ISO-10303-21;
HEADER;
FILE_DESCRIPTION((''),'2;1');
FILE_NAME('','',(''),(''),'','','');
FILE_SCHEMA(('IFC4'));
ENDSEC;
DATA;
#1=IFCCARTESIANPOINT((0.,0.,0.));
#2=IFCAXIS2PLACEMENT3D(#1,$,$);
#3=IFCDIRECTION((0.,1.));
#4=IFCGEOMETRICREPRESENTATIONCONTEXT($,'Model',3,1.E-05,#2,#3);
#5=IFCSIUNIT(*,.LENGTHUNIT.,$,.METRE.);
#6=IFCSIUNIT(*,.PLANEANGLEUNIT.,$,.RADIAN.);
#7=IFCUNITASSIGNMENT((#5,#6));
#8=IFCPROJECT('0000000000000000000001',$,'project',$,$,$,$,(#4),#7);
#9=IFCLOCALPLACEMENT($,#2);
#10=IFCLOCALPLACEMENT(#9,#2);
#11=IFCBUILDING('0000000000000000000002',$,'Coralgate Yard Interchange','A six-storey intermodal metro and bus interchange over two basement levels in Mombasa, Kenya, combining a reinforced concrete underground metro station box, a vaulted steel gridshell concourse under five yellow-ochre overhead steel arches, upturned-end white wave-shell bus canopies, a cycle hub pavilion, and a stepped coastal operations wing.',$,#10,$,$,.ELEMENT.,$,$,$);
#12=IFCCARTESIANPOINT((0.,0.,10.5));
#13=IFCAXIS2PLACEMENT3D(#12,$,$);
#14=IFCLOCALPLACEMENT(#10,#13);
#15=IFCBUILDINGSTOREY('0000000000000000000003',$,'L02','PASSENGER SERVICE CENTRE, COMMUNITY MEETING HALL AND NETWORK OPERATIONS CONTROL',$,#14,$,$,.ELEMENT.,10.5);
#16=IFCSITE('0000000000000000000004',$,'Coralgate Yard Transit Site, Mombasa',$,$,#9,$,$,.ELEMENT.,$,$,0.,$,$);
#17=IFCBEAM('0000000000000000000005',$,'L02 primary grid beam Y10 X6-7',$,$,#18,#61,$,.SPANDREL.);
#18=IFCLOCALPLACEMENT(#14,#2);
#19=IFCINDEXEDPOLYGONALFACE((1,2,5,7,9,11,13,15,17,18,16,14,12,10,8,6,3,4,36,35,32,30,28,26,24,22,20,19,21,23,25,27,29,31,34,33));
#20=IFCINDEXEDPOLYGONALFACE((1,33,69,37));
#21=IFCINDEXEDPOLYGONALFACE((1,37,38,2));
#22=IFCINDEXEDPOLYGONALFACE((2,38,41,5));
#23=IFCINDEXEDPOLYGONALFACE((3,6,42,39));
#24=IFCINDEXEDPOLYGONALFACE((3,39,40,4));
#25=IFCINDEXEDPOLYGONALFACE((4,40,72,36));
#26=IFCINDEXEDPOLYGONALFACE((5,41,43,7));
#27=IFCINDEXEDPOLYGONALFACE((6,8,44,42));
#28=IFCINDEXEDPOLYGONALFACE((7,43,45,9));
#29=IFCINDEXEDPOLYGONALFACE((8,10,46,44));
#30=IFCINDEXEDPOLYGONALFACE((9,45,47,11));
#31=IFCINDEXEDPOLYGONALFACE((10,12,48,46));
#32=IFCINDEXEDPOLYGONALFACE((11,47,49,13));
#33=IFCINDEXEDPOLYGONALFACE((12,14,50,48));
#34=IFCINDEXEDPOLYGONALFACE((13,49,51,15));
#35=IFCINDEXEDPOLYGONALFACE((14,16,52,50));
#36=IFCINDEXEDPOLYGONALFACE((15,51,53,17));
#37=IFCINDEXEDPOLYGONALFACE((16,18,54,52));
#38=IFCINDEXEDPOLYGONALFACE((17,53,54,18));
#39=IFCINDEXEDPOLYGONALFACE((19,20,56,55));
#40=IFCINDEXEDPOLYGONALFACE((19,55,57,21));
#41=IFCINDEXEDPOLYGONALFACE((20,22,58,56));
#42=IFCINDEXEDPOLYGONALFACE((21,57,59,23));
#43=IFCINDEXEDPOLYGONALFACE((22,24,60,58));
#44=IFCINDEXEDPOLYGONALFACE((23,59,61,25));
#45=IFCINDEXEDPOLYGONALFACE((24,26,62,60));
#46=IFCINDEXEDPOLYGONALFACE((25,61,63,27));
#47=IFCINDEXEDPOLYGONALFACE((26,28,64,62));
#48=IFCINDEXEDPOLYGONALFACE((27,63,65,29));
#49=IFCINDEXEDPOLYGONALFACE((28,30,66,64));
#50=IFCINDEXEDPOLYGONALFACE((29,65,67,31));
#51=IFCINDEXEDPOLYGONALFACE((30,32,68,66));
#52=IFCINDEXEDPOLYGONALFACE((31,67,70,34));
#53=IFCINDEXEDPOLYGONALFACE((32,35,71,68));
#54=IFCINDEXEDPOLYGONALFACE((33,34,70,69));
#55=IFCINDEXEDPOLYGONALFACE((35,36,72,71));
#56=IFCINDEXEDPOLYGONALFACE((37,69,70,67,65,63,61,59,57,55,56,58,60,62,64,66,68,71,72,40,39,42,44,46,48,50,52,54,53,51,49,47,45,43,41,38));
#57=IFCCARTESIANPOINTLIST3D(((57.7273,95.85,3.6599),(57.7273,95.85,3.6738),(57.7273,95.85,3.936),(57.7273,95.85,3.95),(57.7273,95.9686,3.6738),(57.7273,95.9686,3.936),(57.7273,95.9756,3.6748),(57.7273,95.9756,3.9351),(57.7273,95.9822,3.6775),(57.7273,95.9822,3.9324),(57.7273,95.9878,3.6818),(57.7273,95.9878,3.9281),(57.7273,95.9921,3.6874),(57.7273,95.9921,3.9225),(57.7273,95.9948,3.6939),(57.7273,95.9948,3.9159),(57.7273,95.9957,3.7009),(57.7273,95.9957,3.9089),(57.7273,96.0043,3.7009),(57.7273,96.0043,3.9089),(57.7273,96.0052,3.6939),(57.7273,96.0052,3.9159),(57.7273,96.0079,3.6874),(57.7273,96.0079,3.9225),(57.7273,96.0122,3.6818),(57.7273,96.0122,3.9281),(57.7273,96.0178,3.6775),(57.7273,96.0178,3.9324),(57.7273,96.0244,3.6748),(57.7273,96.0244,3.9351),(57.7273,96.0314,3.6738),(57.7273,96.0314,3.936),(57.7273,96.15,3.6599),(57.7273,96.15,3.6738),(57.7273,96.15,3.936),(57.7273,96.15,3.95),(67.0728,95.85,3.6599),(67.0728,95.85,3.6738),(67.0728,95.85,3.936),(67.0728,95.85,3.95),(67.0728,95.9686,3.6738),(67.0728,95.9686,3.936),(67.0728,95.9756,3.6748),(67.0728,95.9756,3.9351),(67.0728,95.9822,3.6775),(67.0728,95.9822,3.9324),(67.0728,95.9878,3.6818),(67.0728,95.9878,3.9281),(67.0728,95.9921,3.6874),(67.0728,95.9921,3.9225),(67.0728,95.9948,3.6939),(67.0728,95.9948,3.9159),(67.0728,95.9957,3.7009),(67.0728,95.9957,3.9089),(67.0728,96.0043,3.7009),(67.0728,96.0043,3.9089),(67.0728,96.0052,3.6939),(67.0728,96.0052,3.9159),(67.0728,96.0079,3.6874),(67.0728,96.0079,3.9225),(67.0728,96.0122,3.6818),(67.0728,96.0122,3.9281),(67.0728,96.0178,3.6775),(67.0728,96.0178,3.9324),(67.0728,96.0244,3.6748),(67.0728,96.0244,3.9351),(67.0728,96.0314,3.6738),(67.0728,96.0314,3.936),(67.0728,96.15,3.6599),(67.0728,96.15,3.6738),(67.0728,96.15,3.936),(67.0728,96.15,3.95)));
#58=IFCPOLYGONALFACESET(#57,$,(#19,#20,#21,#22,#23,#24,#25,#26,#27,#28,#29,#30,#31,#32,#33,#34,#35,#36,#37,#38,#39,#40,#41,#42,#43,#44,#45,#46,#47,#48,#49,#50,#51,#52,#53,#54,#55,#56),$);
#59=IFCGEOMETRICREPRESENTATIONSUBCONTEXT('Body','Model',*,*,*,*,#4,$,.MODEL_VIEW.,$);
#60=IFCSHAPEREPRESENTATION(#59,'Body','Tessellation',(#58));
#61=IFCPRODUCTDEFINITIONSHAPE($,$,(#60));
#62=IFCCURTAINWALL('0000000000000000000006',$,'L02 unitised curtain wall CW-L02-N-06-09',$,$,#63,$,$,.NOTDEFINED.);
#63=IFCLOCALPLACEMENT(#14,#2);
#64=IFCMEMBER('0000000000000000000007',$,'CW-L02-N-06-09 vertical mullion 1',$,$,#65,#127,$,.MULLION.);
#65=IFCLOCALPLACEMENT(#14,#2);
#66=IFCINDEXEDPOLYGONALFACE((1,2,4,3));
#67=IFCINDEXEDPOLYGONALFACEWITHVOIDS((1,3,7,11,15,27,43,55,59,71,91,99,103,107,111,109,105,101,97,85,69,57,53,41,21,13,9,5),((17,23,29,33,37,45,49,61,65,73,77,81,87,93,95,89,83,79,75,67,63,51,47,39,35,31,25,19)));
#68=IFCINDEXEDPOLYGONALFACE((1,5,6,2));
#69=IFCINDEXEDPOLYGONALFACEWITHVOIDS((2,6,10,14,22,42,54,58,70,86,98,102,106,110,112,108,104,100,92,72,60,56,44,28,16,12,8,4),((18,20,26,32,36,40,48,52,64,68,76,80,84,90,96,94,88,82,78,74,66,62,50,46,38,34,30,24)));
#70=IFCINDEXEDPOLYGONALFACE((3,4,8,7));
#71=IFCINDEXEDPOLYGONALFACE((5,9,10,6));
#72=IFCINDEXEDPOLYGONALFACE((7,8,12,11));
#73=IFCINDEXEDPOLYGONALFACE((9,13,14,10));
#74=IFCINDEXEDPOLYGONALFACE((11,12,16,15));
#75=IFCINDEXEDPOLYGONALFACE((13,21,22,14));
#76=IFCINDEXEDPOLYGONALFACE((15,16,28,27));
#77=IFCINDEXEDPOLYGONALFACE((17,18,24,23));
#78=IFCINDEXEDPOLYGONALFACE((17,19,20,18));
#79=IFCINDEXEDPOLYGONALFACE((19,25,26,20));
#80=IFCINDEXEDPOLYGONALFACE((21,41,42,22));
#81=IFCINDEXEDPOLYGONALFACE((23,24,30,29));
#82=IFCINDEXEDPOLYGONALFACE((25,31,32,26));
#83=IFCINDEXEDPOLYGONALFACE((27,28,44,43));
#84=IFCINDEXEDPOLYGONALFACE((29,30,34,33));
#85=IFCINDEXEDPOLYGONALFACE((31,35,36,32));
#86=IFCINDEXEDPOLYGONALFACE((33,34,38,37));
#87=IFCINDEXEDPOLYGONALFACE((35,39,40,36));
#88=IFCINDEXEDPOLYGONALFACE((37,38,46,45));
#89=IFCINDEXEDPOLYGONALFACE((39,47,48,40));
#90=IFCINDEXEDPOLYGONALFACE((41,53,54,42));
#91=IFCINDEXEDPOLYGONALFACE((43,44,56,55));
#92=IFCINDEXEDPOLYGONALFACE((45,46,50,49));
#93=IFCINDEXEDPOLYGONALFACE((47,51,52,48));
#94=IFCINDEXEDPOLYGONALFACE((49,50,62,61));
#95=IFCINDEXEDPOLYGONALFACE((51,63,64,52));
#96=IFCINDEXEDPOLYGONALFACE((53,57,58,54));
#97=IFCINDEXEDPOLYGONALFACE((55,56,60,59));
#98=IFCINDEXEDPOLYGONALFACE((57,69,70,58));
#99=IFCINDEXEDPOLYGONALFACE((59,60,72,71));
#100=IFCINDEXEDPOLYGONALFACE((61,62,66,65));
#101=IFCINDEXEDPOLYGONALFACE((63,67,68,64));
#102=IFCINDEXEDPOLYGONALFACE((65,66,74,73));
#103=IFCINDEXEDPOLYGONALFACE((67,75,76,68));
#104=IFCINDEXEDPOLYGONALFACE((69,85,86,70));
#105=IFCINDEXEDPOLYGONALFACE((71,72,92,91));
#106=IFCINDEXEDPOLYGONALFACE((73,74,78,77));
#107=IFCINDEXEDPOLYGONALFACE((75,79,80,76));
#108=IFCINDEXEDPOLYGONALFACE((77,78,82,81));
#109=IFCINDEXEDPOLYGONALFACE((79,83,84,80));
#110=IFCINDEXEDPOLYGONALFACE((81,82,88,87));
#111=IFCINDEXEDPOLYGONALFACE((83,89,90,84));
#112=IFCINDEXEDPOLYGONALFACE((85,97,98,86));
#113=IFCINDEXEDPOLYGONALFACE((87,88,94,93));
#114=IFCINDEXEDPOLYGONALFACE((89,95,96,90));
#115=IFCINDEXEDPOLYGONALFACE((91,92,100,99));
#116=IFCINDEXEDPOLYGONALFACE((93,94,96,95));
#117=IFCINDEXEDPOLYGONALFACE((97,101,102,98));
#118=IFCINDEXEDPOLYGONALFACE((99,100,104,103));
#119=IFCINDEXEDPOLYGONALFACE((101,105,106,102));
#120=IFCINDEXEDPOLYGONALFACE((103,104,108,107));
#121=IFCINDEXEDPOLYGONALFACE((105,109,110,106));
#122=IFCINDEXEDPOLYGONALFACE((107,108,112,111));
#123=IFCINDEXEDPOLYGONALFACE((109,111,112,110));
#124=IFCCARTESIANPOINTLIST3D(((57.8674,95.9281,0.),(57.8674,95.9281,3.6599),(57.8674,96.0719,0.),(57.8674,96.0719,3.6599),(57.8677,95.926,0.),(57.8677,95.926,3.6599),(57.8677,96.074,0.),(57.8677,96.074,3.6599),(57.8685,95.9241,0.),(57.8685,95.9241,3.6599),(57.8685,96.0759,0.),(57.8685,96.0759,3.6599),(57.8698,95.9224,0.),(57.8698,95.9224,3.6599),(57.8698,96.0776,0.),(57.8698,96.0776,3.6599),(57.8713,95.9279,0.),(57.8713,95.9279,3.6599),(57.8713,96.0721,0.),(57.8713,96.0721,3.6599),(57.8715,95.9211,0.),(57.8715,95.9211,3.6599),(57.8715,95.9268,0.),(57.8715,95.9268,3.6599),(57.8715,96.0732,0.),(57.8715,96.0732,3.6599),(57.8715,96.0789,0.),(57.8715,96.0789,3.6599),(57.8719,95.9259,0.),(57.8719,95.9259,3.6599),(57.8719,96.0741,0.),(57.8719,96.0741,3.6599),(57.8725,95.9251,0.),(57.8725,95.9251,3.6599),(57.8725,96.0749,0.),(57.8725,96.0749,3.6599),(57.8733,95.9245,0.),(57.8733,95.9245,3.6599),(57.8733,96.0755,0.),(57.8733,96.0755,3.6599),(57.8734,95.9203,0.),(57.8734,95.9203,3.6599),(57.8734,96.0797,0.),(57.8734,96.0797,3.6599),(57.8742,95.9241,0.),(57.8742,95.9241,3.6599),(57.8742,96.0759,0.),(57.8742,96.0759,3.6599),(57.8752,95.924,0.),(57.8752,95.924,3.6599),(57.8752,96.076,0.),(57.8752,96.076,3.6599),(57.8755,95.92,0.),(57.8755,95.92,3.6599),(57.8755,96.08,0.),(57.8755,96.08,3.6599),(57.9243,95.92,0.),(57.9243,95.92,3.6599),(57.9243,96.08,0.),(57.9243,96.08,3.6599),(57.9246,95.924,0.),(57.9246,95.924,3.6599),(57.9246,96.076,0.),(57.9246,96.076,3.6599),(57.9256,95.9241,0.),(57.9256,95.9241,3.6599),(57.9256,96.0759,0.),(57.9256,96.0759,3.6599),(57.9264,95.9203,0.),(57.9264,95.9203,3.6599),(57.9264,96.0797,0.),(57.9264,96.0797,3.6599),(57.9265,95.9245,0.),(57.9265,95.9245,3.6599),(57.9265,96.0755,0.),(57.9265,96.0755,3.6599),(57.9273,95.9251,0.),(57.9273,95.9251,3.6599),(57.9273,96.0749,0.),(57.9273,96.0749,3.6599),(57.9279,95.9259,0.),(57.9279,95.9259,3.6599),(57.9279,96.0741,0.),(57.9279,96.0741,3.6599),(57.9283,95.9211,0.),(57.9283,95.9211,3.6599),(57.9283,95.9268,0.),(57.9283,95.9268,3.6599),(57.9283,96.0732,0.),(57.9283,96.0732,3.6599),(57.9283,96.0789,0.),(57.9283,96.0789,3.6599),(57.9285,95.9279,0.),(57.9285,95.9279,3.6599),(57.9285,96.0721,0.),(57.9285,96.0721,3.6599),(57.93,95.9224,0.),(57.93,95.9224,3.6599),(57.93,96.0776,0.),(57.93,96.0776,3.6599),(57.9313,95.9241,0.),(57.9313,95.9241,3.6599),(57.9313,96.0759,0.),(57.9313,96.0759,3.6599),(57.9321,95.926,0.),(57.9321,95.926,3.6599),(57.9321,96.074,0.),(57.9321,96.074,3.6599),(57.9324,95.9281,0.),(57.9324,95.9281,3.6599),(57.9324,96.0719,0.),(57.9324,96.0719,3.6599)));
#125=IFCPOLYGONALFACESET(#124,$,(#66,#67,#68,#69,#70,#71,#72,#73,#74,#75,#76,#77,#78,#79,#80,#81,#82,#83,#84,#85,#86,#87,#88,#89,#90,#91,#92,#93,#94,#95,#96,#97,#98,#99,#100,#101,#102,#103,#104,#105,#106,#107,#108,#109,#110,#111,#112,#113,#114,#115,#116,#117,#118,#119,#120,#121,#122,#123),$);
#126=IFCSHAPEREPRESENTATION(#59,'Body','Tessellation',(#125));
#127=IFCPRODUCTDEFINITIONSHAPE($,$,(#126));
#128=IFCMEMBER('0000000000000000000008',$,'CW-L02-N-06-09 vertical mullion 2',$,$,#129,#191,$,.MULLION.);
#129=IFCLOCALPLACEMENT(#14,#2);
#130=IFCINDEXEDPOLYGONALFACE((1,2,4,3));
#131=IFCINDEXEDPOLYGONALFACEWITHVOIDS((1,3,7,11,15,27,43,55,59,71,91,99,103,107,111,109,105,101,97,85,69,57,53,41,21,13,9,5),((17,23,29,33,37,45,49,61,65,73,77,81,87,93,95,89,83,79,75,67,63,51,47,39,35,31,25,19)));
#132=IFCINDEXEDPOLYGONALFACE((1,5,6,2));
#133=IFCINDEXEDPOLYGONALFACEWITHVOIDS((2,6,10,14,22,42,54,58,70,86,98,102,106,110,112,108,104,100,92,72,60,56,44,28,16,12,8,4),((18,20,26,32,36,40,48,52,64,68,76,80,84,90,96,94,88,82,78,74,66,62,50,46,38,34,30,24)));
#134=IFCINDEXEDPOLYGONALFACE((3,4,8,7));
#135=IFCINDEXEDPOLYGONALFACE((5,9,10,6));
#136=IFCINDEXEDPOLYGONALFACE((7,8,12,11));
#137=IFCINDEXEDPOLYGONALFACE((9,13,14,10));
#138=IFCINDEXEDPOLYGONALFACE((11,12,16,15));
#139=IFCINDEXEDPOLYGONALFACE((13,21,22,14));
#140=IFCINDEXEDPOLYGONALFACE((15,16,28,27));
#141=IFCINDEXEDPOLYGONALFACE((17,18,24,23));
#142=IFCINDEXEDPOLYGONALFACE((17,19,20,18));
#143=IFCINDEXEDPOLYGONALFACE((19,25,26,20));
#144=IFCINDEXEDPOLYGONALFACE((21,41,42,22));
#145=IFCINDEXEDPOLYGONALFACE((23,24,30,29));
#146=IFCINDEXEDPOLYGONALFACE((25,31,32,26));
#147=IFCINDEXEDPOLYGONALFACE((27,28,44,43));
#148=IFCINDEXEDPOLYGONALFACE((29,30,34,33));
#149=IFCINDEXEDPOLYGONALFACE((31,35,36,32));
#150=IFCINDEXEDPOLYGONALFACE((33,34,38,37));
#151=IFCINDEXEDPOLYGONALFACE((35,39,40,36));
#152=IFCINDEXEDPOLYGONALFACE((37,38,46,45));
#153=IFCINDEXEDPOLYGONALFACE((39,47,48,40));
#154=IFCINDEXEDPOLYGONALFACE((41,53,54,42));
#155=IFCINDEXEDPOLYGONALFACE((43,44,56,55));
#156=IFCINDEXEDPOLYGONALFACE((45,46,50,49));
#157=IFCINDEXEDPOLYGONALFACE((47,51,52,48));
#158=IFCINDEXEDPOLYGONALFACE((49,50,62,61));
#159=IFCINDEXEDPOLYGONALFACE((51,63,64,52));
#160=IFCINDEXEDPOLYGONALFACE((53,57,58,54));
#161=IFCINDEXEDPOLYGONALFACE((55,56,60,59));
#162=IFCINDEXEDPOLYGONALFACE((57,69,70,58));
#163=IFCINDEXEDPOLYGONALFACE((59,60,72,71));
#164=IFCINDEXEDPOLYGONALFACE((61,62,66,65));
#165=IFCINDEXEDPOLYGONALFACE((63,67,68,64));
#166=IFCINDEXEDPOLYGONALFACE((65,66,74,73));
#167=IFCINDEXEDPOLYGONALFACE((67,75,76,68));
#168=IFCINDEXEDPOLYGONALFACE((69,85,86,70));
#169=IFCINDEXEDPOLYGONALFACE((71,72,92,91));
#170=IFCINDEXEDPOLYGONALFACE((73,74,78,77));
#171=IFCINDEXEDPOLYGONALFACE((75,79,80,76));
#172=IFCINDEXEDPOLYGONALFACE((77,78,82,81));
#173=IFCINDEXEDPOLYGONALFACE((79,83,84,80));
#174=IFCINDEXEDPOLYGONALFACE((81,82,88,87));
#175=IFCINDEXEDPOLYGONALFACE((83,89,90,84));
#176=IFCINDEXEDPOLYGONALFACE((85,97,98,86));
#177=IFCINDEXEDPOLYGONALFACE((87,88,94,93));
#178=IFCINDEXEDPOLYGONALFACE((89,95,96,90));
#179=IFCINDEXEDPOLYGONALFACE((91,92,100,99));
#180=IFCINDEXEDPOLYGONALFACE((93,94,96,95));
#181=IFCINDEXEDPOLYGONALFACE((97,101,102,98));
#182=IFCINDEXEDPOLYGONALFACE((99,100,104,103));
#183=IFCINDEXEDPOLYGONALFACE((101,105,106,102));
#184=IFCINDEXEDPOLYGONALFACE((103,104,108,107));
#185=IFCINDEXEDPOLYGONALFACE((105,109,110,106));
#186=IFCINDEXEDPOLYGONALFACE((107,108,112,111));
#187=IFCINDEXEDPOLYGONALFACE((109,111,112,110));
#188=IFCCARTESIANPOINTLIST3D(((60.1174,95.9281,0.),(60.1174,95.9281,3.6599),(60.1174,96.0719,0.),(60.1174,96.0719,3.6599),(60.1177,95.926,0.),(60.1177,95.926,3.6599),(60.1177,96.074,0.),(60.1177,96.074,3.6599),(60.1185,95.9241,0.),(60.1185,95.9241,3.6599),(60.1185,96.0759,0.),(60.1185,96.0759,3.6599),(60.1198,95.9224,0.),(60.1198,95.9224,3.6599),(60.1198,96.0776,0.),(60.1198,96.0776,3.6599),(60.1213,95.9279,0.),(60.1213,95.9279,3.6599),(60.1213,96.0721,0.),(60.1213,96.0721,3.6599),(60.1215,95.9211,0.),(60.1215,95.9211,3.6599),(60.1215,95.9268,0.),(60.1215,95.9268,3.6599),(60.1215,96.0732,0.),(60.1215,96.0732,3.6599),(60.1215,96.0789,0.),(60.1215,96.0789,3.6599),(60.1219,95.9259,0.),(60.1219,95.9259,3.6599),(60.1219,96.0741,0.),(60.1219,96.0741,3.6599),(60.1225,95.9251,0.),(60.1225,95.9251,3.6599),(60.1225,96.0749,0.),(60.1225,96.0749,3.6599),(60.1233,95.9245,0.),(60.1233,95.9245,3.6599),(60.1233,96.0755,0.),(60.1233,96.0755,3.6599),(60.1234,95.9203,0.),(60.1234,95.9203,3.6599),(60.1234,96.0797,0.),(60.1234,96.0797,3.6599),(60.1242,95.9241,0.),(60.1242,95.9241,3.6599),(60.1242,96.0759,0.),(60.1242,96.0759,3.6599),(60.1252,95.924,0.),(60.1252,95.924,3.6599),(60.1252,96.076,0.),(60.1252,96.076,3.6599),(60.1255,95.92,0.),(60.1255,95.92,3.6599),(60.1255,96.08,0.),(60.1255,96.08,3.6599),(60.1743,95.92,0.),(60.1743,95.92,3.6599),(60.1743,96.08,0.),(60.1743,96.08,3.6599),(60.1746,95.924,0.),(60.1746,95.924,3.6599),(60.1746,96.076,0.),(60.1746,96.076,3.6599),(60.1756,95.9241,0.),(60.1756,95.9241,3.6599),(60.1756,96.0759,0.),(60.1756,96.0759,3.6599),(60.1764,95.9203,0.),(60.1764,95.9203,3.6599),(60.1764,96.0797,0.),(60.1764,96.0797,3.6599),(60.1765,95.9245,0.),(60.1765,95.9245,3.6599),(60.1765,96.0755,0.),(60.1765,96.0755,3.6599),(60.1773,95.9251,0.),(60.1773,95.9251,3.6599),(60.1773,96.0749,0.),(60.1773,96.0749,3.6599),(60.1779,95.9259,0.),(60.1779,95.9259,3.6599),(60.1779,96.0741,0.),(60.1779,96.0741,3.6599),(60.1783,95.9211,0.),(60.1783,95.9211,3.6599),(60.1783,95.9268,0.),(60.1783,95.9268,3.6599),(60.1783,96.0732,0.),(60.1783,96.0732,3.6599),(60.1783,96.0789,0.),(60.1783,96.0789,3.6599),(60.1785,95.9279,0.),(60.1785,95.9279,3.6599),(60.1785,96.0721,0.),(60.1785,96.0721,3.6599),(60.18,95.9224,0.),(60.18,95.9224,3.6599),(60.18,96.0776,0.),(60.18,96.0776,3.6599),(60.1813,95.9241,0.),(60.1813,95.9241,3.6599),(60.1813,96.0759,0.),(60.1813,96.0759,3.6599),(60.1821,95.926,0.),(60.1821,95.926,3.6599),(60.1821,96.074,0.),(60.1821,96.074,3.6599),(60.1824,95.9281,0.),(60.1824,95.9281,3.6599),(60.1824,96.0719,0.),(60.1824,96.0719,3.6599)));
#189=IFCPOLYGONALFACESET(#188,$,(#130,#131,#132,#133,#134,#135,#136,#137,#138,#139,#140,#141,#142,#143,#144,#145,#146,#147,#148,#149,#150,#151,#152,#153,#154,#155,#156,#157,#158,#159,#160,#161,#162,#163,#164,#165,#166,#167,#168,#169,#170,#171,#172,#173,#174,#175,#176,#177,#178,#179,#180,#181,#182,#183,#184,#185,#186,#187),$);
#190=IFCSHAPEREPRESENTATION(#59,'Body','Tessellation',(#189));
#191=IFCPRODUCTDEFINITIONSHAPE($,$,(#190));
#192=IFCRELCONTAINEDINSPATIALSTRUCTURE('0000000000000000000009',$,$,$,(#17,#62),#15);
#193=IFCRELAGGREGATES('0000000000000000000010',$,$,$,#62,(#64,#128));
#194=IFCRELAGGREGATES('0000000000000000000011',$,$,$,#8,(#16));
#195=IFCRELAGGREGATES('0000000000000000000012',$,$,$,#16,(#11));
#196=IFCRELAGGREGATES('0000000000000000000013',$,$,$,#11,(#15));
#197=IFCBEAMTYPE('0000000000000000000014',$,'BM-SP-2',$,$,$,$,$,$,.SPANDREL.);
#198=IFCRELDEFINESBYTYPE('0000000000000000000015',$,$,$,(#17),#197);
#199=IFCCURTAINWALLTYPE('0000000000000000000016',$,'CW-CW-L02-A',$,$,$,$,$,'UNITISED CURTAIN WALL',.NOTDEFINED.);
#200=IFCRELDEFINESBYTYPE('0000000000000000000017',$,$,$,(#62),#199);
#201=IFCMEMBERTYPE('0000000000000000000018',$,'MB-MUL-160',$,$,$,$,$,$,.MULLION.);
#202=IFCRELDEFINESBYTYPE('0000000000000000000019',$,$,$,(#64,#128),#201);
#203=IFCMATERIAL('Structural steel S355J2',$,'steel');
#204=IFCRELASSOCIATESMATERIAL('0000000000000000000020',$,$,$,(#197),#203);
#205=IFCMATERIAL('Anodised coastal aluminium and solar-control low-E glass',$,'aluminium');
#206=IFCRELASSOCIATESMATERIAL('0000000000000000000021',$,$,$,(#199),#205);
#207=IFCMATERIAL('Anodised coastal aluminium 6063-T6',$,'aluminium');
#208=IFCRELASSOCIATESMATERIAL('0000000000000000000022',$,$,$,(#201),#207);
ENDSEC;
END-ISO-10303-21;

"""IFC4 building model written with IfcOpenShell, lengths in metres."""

from ifc_helpers import new_model, si_unit, direction, frame, origin, origin_2d, place, context, subcontext, project, spatial, hollow_rectangle, i_section, extrude, material, material_profile, profile_set, type_object, element, aggregate, save


model = new_model("IFC4")

# Units and contexts
model_context = context("Model", 3, precision=1e-05, world=origin(), true_north=direction((0.0, 1.0)))
body_context = subcontext(model_context, "Body", "Model", "MODEL_VIEW")
ifc_project = project(units=[si_unit("LENGTHUNIT", "METRE"), si_unit("PLANEANGLEUNIT", "RADIAN")], contexts=[model_context])

# Site, building, storey
site_placement = place(None, origin())
site = spatial("IfcSite", under=ifc_project, at=site_placement, Name="Coralgate Yard Transit Site, Mombasa", CompositionType="ELEMENT", RefElevation=0.0)
building_placement = place(site_placement, origin())
building = spatial("IfcBuilding", under=site, at=building_placement, Name="Coralgate Yard Interchange", Description="A six-storey intermodal metro and bus interchange over two basement levels in Mombasa, Kenya, combining a reinforced concrete underground metro station box, a vaulted steel gridshell concourse under five yellow-ochre overhead steel arches, upturned-end white wave-shell bus canopies, a cycle hub pavilion, and a stepped coastal operations wing.", CompositionType="ELEMENT")
storey_placement = place(building_placement, frame((0.0, 0.0, 10.5)))
storey = spatial("IfcBuildingStorey", under=building, at=storey_placement, Name="L02", Description="PASSENGER SERVICE CENTRE, COMMUNITY MEETING HALL AND NETWORK OPERATIONS CONTROL", CompositionType="ELEMENT", Elevation=10.5)

# Shared definitions
ifc_material_1 = material(Name="Structural steel S355J2", Category="steel")

# Beam
ifc_material_profile_1 = material_profile(ifc_material_1, i_section(OverallWidth=0.3, OverallDepth=0.29, WebThickness=0.0085, FlangeThickness=0.0139, FilletRadius=0.0271, at=origin_2d()), Name="HEA 300")
ifc_profile_set_1 = profile_set([ifc_material_profile_1], Name="Structural steel S355J2")
beam_type_1 = type_object("IfcBeamType", Name="BM-SP-2", PredefinedType="SPANDREL", material=ifc_profile_set_1)
beam_1_placement = place(storey_placement, frame((57.7273, 96.0, 3.8049), z_axis=(1.0, 0.0, 0.0), x_axis=(0.0, 1.0, 0.0)))
element("IfcBeam", 1, at=beam_1_placement, inside=storey, type_object=beam_type_1, Name="L02 primary grid beam Y10 X6-7", PredefinedType="SPANDREL", context=body_context, shape_type="SweptSolid", body=[
    extrude(i_section(OverallWidth=0.3, OverallDepth=0.29, WebThickness=0.0085, FlangeThickness=0.0139, FilletRadius=0.0271, at=origin_2d()), origin(), (0.0, 0.0, 1.0), 9.3455),
])

# Curtain wall, members
ifc_material_2 = material(Name="Anodised coastal aluminium and solar-control low-E glass", Category="aluminium")
curtain_wall_type = type_object("IfcCurtainWallType", Name="CW-CW-L02-A", ElementType="UNITISED CURTAIN WALL", PredefinedType="NOTDEFINED", material=ifc_material_2)
curtain_wall_placement = place(storey_placement, origin())
curtain_wall = element("IfcCurtainWall", 2, at=curtain_wall_placement, inside=storey, type_object=curtain_wall_type, Name="L02 unitised curtain wall CW-L02-N-06-09", PredefinedType="NOTDEFINED")
ifc_material_3 = material(Name="Anodised coastal aluminium 6063-T6", Category="aluminium")
ifc_material_profile_2 = material_profile(ifc_material_3, hollow_rectangle(XDim=0.0649, YDim=0.1599, WallThickness=0.0039, InnerFilletRadius=0.0039, OuterFilletRadius=0.0081, at=origin_2d()), Name="ALU 65x160x4")
ifc_profile_set_2 = profile_set([ifc_material_profile_2], Name="Anodised coastal aluminium 6063-T6")
member_type_1 = type_object("IfcMemberType", Name="MB-MUL-160", PredefinedType="MULLION", material=ifc_profile_set_2)
member_1_placement = place(storey_placement, frame((57.8999, 96.0, 0.0), z_axis=(0.0, 0.0, 1.0), x_axis=(1.0, 0.0, 0.0)))
member_1 = element("IfcMember", 3, at=member_1_placement, type_object=member_type_1, Name="CW-L02-N-06-09 vertical mullion 1", PredefinedType="MULLION", context=body_context, shape_type="SweptSolid", body=[
    extrude(hollow_rectangle(XDim=0.0649, YDim=0.1599, WallThickness=0.0039, InnerFilletRadius=0.0039, OuterFilletRadius=0.0081, at=origin_2d()), origin(), (0.0, 0.0, 1.0), 3.6599),
])
member_2_placement = place(storey_placement, frame((60.1499, 96.0, 0.0), z_axis=(0.0, 0.0, 1.0), x_axis=(1.0, 0.0, 0.0)))
member_2 = element("IfcMember", 4, at=member_2_placement, type_object=member_type_1, Name="CW-L02-N-06-09 vertical mullion 2", PredefinedType="MULLION", context=body_context, shape_type="SweptSolid", body=[
    extrude(hollow_rectangle(XDim=0.0649, YDim=0.1599, WallThickness=0.0039, InnerFilletRadius=0.0039, OuterFilletRadius=0.0081, at=origin_2d()), origin(), (0.0, 0.0, 1.0), 3.6599),
])
aggregate(curtain_wall, [member_1, member_2])

save(model, "model.ifc")
